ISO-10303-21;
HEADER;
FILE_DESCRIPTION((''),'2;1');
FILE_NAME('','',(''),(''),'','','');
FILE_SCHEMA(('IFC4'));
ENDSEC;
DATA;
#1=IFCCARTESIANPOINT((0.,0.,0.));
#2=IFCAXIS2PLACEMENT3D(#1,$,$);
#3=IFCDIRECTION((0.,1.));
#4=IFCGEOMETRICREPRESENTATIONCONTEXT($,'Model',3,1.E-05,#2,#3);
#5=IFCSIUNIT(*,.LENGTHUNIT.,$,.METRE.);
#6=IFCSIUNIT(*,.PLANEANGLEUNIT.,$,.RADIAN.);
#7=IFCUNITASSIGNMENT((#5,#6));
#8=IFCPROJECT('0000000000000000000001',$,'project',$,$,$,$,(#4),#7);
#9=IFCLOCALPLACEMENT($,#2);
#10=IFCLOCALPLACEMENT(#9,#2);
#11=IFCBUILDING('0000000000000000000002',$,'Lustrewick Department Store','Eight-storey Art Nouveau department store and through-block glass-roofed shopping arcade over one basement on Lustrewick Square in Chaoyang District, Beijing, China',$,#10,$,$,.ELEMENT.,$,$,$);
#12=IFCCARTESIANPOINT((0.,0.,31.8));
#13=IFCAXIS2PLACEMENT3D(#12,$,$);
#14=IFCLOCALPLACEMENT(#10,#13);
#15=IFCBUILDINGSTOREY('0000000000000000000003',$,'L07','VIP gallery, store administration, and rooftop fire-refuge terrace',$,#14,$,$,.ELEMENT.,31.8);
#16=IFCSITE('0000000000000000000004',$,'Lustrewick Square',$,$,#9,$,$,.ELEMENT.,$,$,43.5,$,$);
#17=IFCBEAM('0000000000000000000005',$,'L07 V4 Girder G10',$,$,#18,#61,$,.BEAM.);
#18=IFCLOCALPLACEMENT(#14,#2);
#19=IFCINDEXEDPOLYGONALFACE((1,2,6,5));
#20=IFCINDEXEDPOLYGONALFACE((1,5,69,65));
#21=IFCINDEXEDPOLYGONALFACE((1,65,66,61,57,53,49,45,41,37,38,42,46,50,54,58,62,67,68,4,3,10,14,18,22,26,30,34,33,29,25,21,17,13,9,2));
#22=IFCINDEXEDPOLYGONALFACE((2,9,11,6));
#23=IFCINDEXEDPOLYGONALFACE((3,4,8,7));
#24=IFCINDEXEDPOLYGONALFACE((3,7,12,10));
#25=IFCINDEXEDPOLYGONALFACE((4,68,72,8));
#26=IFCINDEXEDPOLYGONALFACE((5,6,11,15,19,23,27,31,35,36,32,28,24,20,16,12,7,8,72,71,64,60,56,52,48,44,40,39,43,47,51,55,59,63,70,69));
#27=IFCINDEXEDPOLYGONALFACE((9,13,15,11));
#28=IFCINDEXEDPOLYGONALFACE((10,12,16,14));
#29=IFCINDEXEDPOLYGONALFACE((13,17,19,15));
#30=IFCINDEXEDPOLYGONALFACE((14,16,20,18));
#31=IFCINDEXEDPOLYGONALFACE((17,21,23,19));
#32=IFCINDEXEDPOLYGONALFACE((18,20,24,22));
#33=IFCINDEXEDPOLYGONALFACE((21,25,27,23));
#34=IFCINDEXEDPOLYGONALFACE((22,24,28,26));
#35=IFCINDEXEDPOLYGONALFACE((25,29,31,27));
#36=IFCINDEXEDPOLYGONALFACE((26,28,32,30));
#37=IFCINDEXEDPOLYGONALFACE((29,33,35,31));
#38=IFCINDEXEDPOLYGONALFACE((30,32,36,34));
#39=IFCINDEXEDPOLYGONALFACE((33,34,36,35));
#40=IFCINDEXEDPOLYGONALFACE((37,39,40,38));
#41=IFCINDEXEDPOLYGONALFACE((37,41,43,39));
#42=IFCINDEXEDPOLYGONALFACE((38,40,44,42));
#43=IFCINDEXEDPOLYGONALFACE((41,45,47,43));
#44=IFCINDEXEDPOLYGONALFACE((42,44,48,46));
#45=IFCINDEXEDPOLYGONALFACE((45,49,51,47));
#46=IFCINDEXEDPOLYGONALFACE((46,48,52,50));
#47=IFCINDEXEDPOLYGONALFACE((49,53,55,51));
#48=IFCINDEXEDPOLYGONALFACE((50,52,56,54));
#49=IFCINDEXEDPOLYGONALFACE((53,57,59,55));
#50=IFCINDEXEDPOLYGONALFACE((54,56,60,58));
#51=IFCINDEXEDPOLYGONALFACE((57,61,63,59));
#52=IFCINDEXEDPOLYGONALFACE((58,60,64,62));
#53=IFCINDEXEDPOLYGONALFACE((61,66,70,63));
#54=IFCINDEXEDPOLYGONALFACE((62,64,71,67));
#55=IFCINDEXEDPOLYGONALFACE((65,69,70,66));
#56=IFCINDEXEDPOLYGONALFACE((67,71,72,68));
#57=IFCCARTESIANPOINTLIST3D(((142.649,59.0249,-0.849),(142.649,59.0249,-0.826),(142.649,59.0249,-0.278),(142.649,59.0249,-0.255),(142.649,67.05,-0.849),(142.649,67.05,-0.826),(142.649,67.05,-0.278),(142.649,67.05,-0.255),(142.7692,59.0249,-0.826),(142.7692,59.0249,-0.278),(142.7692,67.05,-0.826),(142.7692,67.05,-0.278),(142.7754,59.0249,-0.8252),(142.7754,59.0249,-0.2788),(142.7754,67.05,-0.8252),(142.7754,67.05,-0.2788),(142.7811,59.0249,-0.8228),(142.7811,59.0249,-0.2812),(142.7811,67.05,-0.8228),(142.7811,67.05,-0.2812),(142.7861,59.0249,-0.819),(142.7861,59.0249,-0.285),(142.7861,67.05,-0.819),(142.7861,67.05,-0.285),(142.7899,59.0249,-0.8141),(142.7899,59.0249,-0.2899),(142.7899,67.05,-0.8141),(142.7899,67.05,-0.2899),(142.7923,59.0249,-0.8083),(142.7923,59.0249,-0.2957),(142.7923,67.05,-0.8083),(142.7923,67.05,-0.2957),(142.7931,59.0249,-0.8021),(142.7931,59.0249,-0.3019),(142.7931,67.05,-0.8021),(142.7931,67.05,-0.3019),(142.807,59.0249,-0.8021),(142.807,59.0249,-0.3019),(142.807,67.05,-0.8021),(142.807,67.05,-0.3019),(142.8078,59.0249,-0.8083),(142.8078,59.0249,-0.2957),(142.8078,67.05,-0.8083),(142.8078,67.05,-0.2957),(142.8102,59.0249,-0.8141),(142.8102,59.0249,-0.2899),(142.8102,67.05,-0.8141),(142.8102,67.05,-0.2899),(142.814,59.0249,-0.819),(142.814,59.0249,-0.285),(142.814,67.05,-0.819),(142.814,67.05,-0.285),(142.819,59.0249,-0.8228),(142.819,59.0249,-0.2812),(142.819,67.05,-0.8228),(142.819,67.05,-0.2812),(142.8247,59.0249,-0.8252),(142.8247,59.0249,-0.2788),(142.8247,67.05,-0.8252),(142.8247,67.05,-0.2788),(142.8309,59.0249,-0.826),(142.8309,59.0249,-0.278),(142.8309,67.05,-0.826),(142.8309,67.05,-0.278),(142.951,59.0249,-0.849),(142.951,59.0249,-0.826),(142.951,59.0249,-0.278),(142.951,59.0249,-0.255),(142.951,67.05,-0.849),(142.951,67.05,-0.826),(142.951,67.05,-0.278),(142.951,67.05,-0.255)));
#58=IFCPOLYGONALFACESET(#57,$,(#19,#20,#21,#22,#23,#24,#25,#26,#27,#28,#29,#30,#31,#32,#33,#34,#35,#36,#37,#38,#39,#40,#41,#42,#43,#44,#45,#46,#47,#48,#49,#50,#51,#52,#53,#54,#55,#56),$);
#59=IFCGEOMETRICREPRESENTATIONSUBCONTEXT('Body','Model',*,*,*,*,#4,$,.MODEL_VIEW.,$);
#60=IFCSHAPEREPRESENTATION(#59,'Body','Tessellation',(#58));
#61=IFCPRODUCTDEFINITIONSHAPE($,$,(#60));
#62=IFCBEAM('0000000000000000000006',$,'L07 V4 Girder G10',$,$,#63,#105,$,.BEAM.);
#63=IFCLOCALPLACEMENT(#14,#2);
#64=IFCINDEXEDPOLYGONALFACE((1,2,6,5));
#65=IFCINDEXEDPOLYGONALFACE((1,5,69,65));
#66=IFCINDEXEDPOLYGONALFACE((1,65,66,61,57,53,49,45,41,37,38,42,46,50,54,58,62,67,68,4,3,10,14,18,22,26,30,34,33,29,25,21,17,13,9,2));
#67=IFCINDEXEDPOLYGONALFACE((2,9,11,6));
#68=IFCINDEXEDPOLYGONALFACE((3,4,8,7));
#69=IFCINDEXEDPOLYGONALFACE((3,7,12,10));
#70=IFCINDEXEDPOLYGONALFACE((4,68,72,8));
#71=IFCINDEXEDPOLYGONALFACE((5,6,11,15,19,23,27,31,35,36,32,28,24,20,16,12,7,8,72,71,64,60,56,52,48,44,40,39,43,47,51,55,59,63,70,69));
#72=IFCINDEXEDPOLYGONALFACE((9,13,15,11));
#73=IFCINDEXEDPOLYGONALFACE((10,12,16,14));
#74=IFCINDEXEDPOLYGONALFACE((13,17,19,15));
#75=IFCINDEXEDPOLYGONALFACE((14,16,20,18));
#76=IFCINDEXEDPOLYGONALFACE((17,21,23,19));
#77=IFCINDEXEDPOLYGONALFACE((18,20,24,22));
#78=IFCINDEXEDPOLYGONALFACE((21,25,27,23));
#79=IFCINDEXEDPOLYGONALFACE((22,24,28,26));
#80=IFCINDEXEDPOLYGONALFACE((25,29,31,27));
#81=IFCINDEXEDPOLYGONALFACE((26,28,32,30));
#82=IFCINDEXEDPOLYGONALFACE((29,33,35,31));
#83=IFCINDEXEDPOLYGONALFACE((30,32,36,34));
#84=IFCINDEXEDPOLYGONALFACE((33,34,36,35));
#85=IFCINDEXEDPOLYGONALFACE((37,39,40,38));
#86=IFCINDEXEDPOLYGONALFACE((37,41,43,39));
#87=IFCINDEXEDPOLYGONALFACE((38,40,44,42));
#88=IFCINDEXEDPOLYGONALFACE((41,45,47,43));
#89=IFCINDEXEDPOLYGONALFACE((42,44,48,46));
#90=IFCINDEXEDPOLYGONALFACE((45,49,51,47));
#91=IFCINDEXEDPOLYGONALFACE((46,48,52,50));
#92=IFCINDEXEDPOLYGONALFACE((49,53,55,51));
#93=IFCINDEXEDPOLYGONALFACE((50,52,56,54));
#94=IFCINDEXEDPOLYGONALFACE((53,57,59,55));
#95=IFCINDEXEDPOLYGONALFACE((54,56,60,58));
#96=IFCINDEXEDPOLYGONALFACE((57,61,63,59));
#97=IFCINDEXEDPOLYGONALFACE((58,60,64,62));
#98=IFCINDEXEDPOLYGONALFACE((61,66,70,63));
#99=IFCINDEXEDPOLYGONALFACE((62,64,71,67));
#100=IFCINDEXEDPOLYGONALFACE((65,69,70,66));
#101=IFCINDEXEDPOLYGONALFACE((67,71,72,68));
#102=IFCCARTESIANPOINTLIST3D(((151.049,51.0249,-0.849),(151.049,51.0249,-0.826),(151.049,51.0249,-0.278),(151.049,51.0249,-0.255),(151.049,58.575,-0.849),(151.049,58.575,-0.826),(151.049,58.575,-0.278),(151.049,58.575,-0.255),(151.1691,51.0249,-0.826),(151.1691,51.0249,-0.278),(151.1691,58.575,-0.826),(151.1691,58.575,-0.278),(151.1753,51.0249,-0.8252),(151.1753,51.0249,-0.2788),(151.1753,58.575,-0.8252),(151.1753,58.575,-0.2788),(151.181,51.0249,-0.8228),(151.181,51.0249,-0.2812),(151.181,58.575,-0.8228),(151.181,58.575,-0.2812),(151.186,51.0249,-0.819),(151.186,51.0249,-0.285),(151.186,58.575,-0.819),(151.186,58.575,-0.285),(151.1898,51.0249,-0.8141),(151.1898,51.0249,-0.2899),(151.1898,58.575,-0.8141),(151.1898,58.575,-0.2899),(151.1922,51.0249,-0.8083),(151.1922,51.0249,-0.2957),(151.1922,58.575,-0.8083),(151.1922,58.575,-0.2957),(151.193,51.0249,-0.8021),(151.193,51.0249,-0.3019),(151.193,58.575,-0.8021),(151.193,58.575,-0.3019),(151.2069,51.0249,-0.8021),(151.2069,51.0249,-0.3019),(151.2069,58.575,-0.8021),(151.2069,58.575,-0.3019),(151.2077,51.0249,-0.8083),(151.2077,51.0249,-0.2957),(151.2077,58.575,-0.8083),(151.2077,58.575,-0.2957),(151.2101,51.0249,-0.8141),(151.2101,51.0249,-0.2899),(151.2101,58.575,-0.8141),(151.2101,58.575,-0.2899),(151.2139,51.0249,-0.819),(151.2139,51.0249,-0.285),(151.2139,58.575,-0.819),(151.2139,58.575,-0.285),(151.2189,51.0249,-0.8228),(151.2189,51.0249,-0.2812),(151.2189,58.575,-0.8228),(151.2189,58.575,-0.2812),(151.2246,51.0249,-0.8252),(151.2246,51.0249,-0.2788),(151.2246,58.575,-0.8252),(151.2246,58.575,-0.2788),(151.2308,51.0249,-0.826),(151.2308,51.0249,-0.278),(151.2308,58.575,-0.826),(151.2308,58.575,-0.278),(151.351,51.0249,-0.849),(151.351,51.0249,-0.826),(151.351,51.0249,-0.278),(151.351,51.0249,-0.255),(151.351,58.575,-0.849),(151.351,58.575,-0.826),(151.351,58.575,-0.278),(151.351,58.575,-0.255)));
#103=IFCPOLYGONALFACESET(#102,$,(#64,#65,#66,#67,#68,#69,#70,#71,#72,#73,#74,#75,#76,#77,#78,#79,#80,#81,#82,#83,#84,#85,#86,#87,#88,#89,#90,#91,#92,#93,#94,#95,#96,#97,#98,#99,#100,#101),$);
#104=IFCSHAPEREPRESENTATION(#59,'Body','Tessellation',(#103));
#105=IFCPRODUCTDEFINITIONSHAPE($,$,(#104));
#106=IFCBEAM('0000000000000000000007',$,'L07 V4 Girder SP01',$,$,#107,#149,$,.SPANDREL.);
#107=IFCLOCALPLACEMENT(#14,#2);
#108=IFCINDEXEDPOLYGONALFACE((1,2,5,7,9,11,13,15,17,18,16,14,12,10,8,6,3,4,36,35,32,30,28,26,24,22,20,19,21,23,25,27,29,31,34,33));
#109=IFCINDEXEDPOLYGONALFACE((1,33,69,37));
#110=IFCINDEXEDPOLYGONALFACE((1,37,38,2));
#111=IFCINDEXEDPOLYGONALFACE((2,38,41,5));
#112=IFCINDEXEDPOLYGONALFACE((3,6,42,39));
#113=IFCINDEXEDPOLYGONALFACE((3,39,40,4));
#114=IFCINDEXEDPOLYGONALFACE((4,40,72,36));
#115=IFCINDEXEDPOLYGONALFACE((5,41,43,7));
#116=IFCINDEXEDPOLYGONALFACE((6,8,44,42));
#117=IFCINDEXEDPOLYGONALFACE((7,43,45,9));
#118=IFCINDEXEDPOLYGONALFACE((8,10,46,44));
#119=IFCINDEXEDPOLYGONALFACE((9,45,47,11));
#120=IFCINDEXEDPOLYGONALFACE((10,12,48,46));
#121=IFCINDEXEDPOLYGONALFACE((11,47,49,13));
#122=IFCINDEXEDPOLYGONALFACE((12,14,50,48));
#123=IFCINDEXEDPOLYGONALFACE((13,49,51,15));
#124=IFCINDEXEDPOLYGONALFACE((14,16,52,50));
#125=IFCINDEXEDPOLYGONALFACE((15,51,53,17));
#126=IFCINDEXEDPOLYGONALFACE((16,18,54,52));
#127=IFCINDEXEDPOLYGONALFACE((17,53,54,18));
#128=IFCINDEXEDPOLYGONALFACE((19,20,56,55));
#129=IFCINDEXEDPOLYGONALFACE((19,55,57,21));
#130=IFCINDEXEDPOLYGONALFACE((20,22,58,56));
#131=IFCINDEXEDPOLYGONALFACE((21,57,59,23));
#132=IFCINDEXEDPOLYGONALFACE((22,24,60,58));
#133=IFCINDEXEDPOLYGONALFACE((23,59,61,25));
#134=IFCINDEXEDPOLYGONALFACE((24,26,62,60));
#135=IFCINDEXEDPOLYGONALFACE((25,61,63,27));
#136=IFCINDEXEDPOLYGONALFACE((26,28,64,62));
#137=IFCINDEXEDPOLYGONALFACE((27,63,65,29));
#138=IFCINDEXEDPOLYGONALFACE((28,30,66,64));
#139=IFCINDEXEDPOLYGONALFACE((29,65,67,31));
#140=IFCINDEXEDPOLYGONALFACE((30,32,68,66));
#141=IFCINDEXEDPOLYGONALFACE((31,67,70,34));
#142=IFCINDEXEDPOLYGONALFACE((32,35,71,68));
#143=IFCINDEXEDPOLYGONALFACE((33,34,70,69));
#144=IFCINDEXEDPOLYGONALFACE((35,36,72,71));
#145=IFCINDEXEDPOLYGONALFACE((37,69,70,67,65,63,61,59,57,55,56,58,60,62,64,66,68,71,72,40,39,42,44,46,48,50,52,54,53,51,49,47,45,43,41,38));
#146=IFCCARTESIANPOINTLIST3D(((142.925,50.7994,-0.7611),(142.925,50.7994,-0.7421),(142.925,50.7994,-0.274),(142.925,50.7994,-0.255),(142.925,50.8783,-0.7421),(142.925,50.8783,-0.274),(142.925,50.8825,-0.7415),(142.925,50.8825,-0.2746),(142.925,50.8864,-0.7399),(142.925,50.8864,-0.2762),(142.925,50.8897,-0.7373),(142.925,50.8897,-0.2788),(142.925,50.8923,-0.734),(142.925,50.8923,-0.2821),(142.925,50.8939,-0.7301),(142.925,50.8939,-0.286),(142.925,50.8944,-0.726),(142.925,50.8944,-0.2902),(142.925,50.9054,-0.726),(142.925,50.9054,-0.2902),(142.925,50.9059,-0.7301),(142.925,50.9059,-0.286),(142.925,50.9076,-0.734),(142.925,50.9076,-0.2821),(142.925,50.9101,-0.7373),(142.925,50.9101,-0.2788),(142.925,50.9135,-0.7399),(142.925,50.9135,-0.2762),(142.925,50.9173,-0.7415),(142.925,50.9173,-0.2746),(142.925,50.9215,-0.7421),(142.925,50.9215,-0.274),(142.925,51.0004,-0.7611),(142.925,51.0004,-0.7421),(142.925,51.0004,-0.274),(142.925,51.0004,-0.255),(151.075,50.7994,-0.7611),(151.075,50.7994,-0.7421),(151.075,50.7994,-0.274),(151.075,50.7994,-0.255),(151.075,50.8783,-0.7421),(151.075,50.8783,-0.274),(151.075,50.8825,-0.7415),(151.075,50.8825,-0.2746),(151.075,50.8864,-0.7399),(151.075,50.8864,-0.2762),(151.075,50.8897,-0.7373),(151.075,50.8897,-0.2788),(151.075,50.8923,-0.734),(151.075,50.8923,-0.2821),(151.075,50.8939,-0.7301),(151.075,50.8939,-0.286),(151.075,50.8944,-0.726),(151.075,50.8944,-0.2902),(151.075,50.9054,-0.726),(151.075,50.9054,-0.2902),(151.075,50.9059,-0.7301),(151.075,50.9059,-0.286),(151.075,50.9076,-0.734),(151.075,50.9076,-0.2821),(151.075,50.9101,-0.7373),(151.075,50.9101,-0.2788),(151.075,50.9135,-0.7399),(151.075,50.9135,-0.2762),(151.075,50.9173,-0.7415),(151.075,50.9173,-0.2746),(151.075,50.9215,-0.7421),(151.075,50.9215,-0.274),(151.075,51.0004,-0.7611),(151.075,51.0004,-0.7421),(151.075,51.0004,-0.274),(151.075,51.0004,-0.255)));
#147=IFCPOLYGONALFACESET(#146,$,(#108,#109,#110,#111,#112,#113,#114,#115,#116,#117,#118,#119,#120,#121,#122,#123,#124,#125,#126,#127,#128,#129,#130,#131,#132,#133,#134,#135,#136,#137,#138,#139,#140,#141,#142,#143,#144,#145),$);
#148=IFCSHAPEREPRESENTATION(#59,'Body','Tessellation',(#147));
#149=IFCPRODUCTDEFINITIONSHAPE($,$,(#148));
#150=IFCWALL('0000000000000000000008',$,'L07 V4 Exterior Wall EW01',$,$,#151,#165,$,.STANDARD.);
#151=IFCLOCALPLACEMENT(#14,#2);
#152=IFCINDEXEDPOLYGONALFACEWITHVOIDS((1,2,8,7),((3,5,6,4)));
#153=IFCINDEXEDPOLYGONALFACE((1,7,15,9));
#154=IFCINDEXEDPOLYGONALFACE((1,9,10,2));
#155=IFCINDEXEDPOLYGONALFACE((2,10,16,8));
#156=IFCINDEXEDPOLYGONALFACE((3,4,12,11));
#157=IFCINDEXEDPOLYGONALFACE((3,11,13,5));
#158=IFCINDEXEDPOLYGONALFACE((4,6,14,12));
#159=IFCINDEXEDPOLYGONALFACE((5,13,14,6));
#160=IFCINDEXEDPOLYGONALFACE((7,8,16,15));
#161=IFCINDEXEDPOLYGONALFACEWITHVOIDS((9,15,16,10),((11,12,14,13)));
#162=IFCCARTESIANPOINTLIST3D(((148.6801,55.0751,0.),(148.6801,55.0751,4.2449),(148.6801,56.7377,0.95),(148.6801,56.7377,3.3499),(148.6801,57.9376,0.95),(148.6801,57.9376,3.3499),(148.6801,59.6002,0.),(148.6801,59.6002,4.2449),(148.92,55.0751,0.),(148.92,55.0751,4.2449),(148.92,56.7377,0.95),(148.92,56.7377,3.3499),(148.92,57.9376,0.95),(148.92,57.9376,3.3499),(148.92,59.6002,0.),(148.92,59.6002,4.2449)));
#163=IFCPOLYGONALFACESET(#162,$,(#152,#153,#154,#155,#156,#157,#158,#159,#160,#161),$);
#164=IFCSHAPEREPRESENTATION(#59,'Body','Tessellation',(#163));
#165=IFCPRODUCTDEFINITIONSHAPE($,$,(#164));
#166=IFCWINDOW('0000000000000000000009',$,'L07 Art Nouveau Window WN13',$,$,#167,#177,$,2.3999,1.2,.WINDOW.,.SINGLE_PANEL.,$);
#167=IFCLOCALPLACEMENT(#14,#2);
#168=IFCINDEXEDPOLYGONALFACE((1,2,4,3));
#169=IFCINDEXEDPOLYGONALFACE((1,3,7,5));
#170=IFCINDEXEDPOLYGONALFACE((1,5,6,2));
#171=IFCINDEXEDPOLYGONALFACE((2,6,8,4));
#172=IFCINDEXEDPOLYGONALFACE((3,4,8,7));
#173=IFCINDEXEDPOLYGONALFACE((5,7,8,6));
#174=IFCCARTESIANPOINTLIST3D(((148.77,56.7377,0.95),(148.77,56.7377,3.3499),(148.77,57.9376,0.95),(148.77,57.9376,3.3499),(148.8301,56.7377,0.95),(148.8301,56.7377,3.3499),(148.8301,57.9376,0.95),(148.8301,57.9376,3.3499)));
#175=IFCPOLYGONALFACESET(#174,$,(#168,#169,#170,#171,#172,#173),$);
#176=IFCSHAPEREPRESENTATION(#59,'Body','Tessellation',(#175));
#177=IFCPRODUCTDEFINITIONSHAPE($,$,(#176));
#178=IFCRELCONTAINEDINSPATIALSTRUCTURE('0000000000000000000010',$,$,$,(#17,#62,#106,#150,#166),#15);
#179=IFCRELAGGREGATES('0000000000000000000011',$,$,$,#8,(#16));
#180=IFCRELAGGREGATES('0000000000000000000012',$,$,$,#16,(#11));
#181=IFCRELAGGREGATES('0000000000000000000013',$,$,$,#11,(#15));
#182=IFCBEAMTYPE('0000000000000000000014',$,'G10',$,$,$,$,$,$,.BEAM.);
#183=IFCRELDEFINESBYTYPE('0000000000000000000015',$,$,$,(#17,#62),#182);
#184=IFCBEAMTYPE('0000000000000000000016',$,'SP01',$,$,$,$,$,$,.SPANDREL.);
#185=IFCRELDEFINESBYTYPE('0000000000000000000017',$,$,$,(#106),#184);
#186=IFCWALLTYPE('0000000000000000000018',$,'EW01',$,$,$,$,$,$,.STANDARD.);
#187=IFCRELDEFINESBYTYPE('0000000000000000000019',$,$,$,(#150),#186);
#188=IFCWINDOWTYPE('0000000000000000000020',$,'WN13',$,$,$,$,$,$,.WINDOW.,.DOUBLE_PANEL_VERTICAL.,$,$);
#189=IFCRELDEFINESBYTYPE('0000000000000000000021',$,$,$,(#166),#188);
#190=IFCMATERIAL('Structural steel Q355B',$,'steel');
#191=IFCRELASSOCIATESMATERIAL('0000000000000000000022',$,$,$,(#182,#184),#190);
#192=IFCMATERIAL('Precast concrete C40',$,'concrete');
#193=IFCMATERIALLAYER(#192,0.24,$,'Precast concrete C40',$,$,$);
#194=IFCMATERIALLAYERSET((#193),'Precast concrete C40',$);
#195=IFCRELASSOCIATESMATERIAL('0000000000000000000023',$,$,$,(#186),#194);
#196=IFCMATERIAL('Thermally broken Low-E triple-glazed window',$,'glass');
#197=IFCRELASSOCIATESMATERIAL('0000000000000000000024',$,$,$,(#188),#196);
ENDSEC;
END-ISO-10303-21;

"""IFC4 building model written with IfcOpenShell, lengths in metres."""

from ifc_helpers import new_model, si_unit, direction, frame, frame_2d, origin, origin_2d, place, context, subcontext, project, spatial, rectangle, i_section, extrude, material, layer, layer_set, material_profile, profile_set, type_object, element, fill, save


model = new_model("IFC4")

# Units and contexts
model_context = context("Model", 3, precision=1e-05, world=origin(), true_north=direction((0.0, 1.0)))
body_context = subcontext(model_context, "Body", "Model", "MODEL_VIEW")
ifc_project = project(units=[si_unit("LENGTHUNIT", "METRE"), si_unit("PLANEANGLEUNIT", "RADIAN")], contexts=[model_context])

# Site, building, storey
site_placement = place(None, origin())
site = spatial("IfcSite", under=ifc_project, at=site_placement, Name="Lustrewick Square", CompositionType="ELEMENT", RefElevation=43.5)
building_placement = place(site_placement, origin())
building = spatial("IfcBuilding", under=site, at=building_placement, Name="Lustrewick Department Store", Description="Eight-storey Art Nouveau department store and through-block glass-roofed shopping arcade over one basement on Lustrewick Square in Chaoyang District, Beijing, China", CompositionType="ELEMENT")
storey_placement = place(building_placement, frame((0.0, 0.0, 31.8)))
storey = spatial("IfcBuildingStorey", under=building, at=storey_placement, Name="L07", Description="VIP gallery, store administration, and rooftop fire-refuge terrace", CompositionType="ELEMENT", Elevation=31.8)

# Shared definitions
ifc_material_1 = material(Name="Structural steel Q355B", Category="steel")

# Beams
ifc_material_profile_1 = material_profile(ifc_material_1, i_section(OverallWidth=0.302, OverallDepth=0.594, WebThickness=0.0139, FlangeThickness=0.0229, FilletRadius=0.0239, at=origin_2d()), Name="HM 594x302x14x23")
ifc_profile_set_1 = profile_set([ifc_material_profile_1], Name="Structural steel Q355B")
beam_type_1 = type_object("IfcBeamType", Name="G10", PredefinedType="BEAM", material=ifc_profile_set_1)
beam_1_placement = place(storey_placement, frame((142.8, 59.0249, -0.552), z_axis=(0.0, 1.0, 0.0), x_axis=(-1.0, 0.0, 0.0)))
element("IfcBeam", 1, at=beam_1_placement, inside=storey, type_object=beam_type_1, Name="L07 V4 Girder G10", PredefinedType="BEAM", context=body_context, shape_type="SweptSolid", body=[
    extrude(i_section(OverallWidth=0.302, OverallDepth=0.594, WebThickness=0.0139, FlangeThickness=0.0229, FilletRadius=0.0239, at=origin_2d()), origin(), (0.0, 0.0, 1.0), 8.0251),
])
beam_2_placement = place(storey_placement, frame((151.2, 51.0249, -0.552), z_axis=(0.0, 1.0, 0.0), x_axis=(-1.0, 0.0, 0.0)))
element("IfcBeam", 2, at=beam_2_placement, inside=storey, type_object=beam_type_1, Name="L07 V4 Girder G10", PredefinedType="BEAM", context=body_context, shape_type="SweptSolid", body=[
    extrude(i_section(OverallWidth=0.302, OverallDepth=0.594, WebThickness=0.0139, FlangeThickness=0.0229, FilletRadius=0.0239, at=origin_2d()), origin(), (0.0, 0.0, 1.0), 7.55),
])
ifc_material_profile_2 = material_profile(ifc_material_1, i_section(OverallWidth=0.2009, OverallDepth=0.5061, WebThickness=0.011, FlangeThickness=0.019, FilletRadius=0.0161, at=origin_2d()), Name="HN 506x201x11x19")
ifc_profile_set_2 = profile_set([ifc_material_profile_2], Name="Structural steel Q355B")
beam_type_2 = type_object("IfcBeamType", Name="SP01", PredefinedType="SPANDREL", material=ifc_profile_set_2)
beam_3_placement = place(storey_placement, frame((142.925, 50.8999, -0.5081), z_axis=(1.0, 0.0, 0.0), x_axis=(0.0, 1.0, 0.0)))
element("IfcBeam", 3, at=beam_3_placement, inside=storey, type_object=beam_type_2, Name="L07 V4 Girder SP01", PredefinedType="SPANDREL", context=body_context, shape_type="SweptSolid", body=[
    extrude(i_section(OverallWidth=0.2009, OverallDepth=0.5061, WebThickness=0.011, FlangeThickness=0.019, FilletRadius=0.0161, at=origin_2d()), origin(), (0.0, 0.0, 1.0), 8.1499),
])

# Wall, opening, window
ifc_material_2 = material(Name="Precast concrete C40", Category="concrete")
ifc_layer_1 = layer(ifc_material_2, 0.24, Name="Precast concrete C40")
ifc_layer_set_1 = layer_set([ifc_layer_1], Name="Precast concrete C40")
wall_type_1 = type_object("IfcWallType", Name="EW01", PredefinedType="STANDARD", material=ifc_layer_set_1)
wall_1_placement = place(storey_placement, frame((148.8, 55.075, 0.0), z_axis=(0.0, 0.0, 1.0), x_axis=(0.0, 1.0, 0.0)))
wall_1 = element("IfcWall", 4, at=wall_1_placement, inside=storey, type_object=wall_type_1, Name="L07 V4 Exterior Wall EW01", PredefinedType="STANDARD", context=body_context, shape_type="SweptSolid", body=[
    extrude(rectangle(XDim=4.5251, YDim=0.24, at=frame_2d((2.2627, 0.0))), origin(), (0.0, 0.0, 1.0), 4.2449),
])
opening_1_placement = place(wall_1_placement, frame((1.6626, 0.0, 0.95)))
opening_1 = element("IfcOpeningElement", 5, at=opening_1_placement, cuts=wall_1, PredefinedType="OPENING", context=body_context, shape_type="SweptSolid", body=[
    extrude(rectangle(XDim=1.2, YDim=2.3999, at=frame_2d((0.6001, 1.2))), frame((0.0, 0.1299, 0.0), z_axis=(0.0, -1.0, 0.0), x_axis=(1.0, 0.0, 0.0)), (0.0, 0.0, 1.0), 0.26),
])
ifc_material_3 = material(Name="Thermally broken Low-E triple-glazed window", Category="glass")
window_type = type_object("IfcWindowType", Name="WN13", PartitioningType="DOUBLE_PANEL_VERTICAL", PredefinedType="WINDOW", material=ifc_material_3)
window_placement = place(opening_1_placement, origin())
window = element("IfcWindow", 6, at=window_placement, inside=storey, type_object=window_type, Name="L07 Art Nouveau Window WN13", OverallHeight=2.3999, OverallWidth=1.2, PartitioningType="SINGLE_PANEL", PredefinedType="WINDOW", context=body_context, shape_type="SweptSolid", body=[
    extrude(rectangle(XDim=1.2, YDim=2.3999, at=frame_2d((0.6001, 1.2))), frame((0.0, 0.03, 0.0), z_axis=(0.0, -1.0, 0.0), x_axis=(1.0, 0.0, 0.0)), (0.0, 0.0, 1.0), 0.0601),
])
fill(opening_1, window)

save(model, "model.ifc")
